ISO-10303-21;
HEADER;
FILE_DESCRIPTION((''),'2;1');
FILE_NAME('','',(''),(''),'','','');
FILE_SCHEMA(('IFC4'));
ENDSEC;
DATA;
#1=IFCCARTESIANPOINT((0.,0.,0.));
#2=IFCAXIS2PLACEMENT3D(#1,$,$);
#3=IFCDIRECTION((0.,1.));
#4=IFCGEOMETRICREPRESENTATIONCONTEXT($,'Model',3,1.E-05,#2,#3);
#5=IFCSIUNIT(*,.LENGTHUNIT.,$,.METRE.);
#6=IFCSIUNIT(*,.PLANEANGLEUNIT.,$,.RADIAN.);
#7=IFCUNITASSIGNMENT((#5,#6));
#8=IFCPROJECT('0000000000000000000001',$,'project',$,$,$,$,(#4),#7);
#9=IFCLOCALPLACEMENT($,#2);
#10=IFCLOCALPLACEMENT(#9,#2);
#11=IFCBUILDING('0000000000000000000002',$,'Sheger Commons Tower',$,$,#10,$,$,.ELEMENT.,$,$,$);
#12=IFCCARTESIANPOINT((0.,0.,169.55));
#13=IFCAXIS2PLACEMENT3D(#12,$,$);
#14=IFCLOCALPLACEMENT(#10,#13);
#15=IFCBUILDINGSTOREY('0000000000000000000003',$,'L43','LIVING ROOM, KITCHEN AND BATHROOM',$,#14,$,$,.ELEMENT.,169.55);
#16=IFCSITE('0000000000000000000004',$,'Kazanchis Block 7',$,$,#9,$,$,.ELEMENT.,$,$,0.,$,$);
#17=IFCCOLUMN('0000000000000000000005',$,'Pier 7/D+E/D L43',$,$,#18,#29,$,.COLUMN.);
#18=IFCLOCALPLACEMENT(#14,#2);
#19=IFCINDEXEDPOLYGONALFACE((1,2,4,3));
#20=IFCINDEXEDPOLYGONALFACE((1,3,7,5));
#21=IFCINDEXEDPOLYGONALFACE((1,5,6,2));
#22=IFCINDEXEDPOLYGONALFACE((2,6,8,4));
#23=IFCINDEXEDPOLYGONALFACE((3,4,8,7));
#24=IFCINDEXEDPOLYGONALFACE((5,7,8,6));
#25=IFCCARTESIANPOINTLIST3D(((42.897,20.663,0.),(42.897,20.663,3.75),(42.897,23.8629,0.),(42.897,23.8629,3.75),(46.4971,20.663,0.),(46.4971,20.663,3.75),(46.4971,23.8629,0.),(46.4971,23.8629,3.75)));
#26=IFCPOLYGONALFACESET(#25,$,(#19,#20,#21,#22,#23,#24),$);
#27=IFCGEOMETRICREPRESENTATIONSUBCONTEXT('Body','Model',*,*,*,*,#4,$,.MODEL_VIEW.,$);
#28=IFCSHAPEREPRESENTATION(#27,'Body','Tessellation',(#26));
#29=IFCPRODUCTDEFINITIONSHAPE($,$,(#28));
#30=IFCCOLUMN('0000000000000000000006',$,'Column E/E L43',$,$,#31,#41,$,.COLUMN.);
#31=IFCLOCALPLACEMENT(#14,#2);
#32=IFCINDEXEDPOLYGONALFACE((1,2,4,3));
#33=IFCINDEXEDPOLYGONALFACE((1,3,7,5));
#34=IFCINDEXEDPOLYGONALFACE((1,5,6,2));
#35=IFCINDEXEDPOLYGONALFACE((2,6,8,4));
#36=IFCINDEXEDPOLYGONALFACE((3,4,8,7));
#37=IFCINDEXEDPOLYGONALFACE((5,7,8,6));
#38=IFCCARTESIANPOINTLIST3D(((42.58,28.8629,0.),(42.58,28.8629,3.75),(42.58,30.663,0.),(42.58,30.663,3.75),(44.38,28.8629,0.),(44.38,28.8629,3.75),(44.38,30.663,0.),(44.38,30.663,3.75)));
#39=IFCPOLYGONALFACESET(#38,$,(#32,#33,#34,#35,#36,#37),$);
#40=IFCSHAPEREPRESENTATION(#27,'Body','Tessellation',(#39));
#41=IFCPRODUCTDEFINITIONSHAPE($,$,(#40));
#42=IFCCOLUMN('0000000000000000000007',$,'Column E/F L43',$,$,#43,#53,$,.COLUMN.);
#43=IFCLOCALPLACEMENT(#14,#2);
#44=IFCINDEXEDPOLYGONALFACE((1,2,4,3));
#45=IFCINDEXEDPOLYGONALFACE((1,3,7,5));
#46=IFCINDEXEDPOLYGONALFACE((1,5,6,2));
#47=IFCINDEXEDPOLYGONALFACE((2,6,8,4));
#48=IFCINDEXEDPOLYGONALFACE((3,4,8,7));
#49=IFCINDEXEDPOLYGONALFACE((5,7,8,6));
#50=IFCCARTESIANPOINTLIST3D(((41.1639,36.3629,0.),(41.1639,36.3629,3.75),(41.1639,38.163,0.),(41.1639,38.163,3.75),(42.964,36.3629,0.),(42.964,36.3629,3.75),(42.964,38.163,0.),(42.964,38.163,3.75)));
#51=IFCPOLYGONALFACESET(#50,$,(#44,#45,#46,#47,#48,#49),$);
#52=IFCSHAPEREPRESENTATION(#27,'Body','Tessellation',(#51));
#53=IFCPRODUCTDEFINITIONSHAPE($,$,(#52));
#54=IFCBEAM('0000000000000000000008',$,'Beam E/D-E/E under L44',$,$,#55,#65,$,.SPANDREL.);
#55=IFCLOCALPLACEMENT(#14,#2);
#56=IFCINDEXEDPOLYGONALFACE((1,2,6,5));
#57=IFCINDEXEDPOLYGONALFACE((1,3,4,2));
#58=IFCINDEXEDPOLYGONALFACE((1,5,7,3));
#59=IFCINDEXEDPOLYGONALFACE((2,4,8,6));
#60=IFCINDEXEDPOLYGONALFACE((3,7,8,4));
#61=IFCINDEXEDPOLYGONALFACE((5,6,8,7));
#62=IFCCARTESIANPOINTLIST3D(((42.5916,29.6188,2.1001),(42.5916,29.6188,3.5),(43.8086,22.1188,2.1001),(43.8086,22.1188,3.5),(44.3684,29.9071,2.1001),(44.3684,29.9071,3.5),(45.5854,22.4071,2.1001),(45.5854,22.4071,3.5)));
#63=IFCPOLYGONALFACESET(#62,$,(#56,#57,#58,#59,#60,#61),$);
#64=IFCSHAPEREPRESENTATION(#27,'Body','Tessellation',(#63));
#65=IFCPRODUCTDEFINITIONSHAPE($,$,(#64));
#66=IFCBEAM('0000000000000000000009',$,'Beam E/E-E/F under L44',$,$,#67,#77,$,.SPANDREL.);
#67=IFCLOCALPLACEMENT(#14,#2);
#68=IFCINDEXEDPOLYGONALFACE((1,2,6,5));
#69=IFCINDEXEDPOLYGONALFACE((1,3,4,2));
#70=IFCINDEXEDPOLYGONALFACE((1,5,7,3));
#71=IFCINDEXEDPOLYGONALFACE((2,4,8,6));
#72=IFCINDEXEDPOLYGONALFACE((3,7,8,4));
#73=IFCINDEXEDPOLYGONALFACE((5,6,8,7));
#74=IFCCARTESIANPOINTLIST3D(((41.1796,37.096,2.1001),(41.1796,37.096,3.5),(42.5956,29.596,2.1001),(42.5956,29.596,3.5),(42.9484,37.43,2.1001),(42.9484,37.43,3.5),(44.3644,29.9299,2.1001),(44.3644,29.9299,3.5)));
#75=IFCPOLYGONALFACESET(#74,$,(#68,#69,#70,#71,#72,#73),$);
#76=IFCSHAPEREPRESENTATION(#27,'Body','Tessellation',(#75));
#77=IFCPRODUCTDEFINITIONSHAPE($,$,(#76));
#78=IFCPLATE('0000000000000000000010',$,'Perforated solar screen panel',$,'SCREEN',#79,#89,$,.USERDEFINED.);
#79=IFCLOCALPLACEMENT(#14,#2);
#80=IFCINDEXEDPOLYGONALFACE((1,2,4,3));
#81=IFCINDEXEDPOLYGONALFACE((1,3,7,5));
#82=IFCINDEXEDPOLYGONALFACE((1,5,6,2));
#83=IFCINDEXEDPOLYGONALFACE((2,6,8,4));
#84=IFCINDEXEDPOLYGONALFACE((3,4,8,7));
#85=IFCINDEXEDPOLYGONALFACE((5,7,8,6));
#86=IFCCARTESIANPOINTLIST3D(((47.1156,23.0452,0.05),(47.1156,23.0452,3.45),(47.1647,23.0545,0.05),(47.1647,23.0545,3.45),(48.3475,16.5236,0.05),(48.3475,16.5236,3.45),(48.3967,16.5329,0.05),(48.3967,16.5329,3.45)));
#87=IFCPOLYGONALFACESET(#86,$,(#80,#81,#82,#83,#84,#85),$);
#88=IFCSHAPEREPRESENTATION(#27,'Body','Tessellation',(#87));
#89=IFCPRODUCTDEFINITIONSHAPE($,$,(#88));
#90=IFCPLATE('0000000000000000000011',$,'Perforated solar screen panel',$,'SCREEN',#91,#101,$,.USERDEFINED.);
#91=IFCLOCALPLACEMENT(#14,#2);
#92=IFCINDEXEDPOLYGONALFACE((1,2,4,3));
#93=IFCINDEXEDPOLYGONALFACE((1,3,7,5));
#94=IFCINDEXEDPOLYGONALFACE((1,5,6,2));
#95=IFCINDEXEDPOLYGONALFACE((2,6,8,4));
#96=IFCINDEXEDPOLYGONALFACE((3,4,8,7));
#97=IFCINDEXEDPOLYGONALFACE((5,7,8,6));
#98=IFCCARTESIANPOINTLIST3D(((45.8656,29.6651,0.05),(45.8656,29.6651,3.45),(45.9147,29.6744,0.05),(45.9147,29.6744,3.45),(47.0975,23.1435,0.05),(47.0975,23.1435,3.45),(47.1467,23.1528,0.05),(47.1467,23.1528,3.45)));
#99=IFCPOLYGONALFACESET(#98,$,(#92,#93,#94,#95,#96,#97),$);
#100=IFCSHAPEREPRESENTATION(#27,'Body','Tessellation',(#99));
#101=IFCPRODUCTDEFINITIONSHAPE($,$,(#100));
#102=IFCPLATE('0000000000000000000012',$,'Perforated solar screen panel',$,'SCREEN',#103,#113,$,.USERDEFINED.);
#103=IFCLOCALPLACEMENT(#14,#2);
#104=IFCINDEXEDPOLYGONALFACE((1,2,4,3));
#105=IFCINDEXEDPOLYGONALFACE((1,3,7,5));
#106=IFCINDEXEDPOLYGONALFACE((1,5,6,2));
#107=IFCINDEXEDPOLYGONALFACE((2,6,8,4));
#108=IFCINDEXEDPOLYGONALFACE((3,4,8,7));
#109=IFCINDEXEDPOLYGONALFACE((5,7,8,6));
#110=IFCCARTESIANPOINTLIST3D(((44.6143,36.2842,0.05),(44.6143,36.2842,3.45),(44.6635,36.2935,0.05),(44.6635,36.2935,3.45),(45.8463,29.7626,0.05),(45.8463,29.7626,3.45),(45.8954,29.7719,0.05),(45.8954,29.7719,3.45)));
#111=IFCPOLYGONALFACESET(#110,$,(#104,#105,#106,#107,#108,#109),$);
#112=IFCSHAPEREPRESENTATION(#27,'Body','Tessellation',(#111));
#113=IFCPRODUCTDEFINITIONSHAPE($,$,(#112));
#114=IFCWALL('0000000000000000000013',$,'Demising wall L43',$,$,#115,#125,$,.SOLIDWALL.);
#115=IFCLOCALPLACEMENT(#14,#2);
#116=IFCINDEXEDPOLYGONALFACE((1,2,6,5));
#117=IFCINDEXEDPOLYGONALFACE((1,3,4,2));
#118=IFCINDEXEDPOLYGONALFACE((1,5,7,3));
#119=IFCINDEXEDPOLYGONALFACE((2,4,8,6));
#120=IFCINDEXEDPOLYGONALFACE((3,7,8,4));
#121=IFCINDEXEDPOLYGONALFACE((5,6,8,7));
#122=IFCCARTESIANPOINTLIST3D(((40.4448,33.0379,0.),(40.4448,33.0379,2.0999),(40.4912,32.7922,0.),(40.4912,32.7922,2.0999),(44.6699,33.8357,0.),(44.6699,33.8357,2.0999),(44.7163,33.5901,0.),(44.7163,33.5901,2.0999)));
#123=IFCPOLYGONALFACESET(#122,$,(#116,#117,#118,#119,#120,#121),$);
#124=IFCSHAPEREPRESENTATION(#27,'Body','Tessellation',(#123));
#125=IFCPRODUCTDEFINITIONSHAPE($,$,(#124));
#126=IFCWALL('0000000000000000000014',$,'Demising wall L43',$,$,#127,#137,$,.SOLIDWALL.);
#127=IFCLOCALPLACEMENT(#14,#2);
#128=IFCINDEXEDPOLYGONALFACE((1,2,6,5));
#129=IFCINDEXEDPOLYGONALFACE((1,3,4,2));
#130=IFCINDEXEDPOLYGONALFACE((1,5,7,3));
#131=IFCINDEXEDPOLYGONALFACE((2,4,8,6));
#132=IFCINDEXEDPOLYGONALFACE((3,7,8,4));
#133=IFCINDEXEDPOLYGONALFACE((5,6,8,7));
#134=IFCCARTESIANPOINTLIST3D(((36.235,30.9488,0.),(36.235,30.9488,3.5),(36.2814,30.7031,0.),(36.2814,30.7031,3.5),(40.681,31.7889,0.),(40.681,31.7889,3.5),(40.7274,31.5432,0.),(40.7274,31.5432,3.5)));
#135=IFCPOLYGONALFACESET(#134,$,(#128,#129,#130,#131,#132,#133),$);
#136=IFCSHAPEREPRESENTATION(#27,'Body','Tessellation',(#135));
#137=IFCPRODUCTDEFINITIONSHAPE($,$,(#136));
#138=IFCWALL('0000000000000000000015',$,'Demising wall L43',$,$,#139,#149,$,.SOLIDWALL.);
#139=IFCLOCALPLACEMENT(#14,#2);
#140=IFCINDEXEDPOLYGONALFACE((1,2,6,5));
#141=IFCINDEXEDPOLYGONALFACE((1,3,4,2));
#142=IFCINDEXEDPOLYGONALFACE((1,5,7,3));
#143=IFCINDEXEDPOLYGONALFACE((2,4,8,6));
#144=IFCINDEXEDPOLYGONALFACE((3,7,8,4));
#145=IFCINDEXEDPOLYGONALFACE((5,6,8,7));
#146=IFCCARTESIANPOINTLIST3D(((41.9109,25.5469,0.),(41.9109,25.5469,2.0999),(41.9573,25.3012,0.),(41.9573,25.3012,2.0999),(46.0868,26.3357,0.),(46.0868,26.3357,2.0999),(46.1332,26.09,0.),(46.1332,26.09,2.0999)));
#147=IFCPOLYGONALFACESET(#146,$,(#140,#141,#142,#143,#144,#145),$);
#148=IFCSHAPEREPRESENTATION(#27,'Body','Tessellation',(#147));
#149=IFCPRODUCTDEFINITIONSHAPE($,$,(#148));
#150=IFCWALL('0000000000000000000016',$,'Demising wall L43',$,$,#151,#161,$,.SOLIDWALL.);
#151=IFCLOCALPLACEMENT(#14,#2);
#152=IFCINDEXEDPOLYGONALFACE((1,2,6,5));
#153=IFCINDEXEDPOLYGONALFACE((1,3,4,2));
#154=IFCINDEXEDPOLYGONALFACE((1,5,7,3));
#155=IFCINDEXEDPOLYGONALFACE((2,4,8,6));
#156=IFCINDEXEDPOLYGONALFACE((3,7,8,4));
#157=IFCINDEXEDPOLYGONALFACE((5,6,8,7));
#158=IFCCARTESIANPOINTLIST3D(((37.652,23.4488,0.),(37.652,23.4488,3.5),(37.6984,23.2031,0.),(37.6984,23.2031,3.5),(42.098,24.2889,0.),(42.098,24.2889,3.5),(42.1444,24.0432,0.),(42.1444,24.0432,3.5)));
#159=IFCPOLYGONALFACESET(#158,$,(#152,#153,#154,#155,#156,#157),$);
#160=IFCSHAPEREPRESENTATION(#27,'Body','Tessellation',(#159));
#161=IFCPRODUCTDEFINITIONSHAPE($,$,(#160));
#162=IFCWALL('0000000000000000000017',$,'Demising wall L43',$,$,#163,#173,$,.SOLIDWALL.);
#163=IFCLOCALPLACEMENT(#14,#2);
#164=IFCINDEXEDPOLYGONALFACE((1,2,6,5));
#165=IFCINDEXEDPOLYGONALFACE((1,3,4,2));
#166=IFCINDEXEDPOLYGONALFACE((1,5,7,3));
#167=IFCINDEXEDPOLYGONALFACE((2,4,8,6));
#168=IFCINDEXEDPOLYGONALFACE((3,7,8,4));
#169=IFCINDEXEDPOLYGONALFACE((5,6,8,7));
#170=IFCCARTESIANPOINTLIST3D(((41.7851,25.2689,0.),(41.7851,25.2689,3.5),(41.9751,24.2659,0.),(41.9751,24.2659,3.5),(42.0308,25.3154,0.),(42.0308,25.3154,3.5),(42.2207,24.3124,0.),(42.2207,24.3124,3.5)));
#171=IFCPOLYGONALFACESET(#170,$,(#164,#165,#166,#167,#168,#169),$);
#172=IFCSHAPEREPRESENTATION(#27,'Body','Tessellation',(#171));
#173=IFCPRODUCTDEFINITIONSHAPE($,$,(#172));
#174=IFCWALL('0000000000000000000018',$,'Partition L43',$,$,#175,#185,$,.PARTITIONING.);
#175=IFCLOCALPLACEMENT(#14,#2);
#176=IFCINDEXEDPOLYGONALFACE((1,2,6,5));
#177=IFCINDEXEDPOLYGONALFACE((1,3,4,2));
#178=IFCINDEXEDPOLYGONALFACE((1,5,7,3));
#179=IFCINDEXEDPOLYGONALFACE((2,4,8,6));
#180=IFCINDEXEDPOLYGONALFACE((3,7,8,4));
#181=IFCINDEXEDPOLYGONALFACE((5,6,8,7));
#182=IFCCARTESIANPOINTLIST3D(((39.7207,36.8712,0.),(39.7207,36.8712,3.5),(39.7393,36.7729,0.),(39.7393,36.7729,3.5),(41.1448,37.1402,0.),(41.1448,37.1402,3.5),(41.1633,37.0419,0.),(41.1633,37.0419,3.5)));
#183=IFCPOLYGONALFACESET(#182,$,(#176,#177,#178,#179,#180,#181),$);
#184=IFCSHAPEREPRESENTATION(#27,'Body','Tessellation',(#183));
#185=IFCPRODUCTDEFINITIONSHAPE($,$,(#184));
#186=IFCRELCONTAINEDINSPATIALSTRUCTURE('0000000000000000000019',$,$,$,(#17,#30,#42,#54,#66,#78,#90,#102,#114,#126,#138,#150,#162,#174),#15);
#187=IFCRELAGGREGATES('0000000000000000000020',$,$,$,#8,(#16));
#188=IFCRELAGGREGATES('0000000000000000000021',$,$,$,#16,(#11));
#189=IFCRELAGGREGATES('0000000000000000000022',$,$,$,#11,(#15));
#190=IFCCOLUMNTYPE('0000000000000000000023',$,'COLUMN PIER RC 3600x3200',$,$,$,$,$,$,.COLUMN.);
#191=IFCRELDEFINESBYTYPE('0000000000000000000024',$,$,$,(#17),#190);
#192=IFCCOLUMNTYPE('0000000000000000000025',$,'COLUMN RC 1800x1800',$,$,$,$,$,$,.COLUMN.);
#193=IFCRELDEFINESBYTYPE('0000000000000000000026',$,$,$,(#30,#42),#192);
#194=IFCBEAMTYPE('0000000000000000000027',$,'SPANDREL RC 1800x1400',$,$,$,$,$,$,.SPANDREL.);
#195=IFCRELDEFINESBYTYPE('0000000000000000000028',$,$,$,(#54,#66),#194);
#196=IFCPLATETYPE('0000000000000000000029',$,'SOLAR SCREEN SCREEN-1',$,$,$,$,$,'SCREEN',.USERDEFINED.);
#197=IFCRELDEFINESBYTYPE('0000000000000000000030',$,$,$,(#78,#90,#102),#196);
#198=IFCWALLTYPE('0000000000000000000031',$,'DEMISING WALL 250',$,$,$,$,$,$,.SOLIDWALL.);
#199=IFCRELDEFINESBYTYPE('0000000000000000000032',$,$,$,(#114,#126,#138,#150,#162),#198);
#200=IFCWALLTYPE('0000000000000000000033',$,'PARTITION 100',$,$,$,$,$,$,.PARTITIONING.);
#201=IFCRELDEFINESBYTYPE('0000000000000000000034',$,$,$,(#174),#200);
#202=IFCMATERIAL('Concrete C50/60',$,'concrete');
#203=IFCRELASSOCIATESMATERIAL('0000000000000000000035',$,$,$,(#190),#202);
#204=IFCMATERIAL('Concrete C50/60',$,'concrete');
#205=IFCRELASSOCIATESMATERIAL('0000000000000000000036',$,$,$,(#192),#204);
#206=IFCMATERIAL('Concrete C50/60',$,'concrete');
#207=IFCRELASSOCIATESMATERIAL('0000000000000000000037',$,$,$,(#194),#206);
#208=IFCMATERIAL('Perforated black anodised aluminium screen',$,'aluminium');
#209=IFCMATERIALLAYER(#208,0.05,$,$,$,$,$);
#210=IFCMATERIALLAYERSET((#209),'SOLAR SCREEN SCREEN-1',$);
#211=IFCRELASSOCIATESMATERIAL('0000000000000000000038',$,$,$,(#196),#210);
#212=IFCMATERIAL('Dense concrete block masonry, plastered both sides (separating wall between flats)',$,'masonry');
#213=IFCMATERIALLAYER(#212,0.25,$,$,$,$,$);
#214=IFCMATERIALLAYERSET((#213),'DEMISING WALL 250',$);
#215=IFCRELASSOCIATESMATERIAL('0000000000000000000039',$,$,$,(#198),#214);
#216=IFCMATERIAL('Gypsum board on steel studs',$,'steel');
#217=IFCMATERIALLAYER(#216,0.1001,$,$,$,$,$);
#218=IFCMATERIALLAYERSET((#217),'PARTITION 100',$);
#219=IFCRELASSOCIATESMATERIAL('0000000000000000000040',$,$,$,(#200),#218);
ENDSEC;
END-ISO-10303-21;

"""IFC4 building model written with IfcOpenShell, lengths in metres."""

from ifc_helpers import new_model, si_unit, direction, frame, frame_2d, origin, origin_2d, place, context, subcontext, project, spatial, rectangle, extrude, material, layer, layer_set, material_profile, profile_set, type_object, element, save


model = new_model("IFC4")

# Units and contexts
model_context = context("Model", 3, precision=1e-05, world=origin(), true_north=direction((0.0, 1.0)))
body_context = subcontext(model_context, "Body", "Model", "MODEL_VIEW")
ifc_project = project(units=[si_unit("LENGTHUNIT", "METRE"), si_unit("PLANEANGLEUNIT", "RADIAN")], contexts=[model_context])

# Site, building, storey
site_placement = place(None, origin())
site = spatial("IfcSite", under=ifc_project, at=site_placement, Name="Kazanchis Block 7", CompositionType="ELEMENT", RefElevation=0.0)
building_placement = place(site_placement, origin())
building = spatial("IfcBuilding", under=site, at=building_placement, Name="Sheger Commons Tower", CompositionType="ELEMENT")
storey_placement = place(building_placement, frame((0.0, 0.0, 169.55)))
storey = spatial("IfcBuildingStorey", under=building, at=storey_placement, Name="L43", Description="LIVING ROOM, KITCHEN AND BATHROOM", CompositionType="ELEMENT", Elevation=169.55)

# Columns
ifc_material_1 = material(Name="Concrete C50/60", Category="concrete")
ifc_material_profile_1 = material_profile(ifc_material_1, rectangle(XDim=3.6001, YDim=3.2, at=origin_2d()), Name="RC 3600x3200")
ifc_profile_set_1 = profile_set([ifc_material_profile_1], Name="Concrete C50/60")
column_type_1 = type_object("IfcColumnType", Name="COLUMN PIER RC 3600x3200", PredefinedType="COLUMN", material=ifc_profile_set_1)
column_placement = place(storey_placement, frame((44.697, 22.2629, 0.0), z_axis=(0.0, 0.0, 1.0), x_axis=(1.0, 0.0, 0.0)))
element("IfcColumn", 1, at=column_placement, inside=storey, type_object=column_type_1, Name="Pier 7/D+E/D L43", PredefinedType="COLUMN", context=body_context, shape_type="SweptSolid", body=[
    extrude(rectangle(XDim=3.6001, YDim=3.2, at=origin_2d()), origin(), (0.0, 0.0, 1.0), 3.75),
])
ifc_material_2 = material(Name="Concrete C50/60", Category="concrete")
ifc_material_profile_2 = material_profile(ifc_material_2, rectangle(XDim=1.8, YDim=1.8, at=origin_2d()), Name="RC 1800x1800")
ifc_profile_set_2 = profile_set([ifc_material_profile_2], Name="Concrete C50/60")
column_type_2 = type_object("IfcColumnType", Name="COLUMN RC 1800x1800", PredefinedType="COLUMN", material=ifc_profile_set_2)
for number, where, z_axis, x_axis, name in (
    (2, (43.48, 29.7629, 0.0), (0.0, 0.0, 1.0), (1.0, 0.0, 0.0), "Column E/E L43"),
    (3, (42.064, 37.2629, 0.0), (0.0, 0.0, 1.0), (1.0, 0.0, 0.0), "Column E/F L43"),
):
    element("IfcColumn", number, at=place(storey_placement, frame(where, z_axis=z_axis, x_axis=x_axis)), inside=storey, type_object=column_type_2, Name=name, PredefinedType="COLUMN", context=body_context, shape_type="SweptSolid", body=[
        extrude(rectangle(XDim=1.8, YDim=1.8, at=origin_2d()), origin(), (0.0, 0.0, 1.0), 3.75),
    ])

# Beams
ifc_material_3 = material(Name="Concrete C50/60", Category="concrete")
ifc_material_profile_3 = material_profile(ifc_material_3, rectangle(XDim=1.8, YDim=1.3999, at=origin_2d()), Name="RC 1800x1400")
ifc_profile_set_3 = profile_set([ifc_material_profile_3], Name="Concrete C50/60")
beam_type = type_object("IfcBeamType", Name="SPANDREL RC 1800x1400", PredefinedType="SPANDREL", material=ifc_profile_set_3)
beam_1_placement = place(storey_placement, frame((44.697, 22.2629, 2.8), z_axis=(-0.160177, 0.987088, 0.0), x_axis=(-0.987088, -0.160177, 0.0)))
element("IfcBeam", 4, at=beam_1_placement, inside=storey, type_object=beam_type, Name="Beam E/D-E/E under L44", PredefinedType="SPANDREL", context=body_context, shape_type="SweptSolid", body=[
    extrude(rectangle(XDim=1.8, YDim=1.3999, at=origin_2d()), origin(), (0.0, 0.0, 1.0), 7.5981),
])
beam_2_placement = place(storey_placement, frame((43.48, 29.7629, 2.8), z_axis=(-0.185524, 0.98264, 0.0), x_axis=(-0.98264, -0.185524, 0.0)))
element("IfcBeam", 5, at=beam_2_placement, inside=storey, type_object=beam_type, Name="Beam E/E-E/F under L44", PredefinedType="SPANDREL", context=body_context, shape_type="SweptSolid", body=[
    extrude(rectangle(XDim=1.8, YDim=1.3999, at=origin_2d()), origin(), (0.0, 0.0, 1.0), 7.6326),
])

# Plates
ifc_material_4 = material(Name="Perforated black anodised aluminium screen", Category="aluminium")
ifc_layer_1 = layer(ifc_material_4, 0.05)
ifc_layer_set_1 = layer_set([ifc_layer_1], Name="SOLAR SCREEN SCREEN-1")
plate_type = type_object("IfcPlateType", Name="SOLAR SCREEN SCREEN-1", ElementType="SCREEN", PredefinedType="USERDEFINED", material=ifc_layer_set_1)
for number, where, z_axis, x_axis, name in (
    (6, (47.7561, 19.7891, 0.05), (0.0, 0.0, 1.0), (-0.185615, 0.982623, 0.0), "Perforated solar screen panel"),
    (7, (46.5061, 26.4089, 0.05), (0.0, 0.0, 1.0), (-0.185615, 0.982623, 0.0), "Perforated solar screen panel"),
    (8, (45.2549, 33.0281, 0.05), (0.0, 0.0, 1.0), (-0.185615, 0.982623, 0.0), "Perforated solar screen panel"),
):
    element("IfcPlate", number, at=place(storey_placement, frame(where, z_axis=z_axis, x_axis=x_axis)), inside=storey, type_object=plate_type, Name=name, ObjectType="SCREEN", PredefinedType="USERDEFINED", context=body_context, shape_type="SweptSolid", body=[
        extrude(rectangle(XDim=6.637, YDim=0.05, at=origin_2d()), origin(), (0.0, 0.0, 1.0), 3.3999),
    ])

# Walls
ifc_material_5 = material(Name="Dense concrete block masonry, plastered both sides (separating wall between flats)", Category="masonry")
ifc_layer_2 = layer(ifc_material_5, 0.25)
ifc_layer_set_2 = layer_set([ifc_layer_2], Name="DEMISING WALL 250")
wall_type_1 = type_object("IfcWallType", Name="DEMISING WALL 250", PredefinedType="SOLIDWALL", material=ifc_layer_set_2)
wall_1_placement = place(storey_placement, frame((44.6931, 33.7129, 0.0), z_axis=(0.0, 0.0, 1.0), x_axis=(-0.982634, -0.185557, 0.0)))
element("IfcWall", 9, at=wall_1_placement, inside=storey, type_object=wall_type_1, Name="Demising wall L43", PredefinedType="SOLIDWALL", context=body_context, shape_type="SweptSolid", body=[
    extrude(rectangle(XDim=4.2998, YDim=0.25, at=frame_2d((2.1499, 0.0))), origin(), (0.0, 0.0, 1.0), 2.0999),
])
wall_2_placement = place(storey_placement, frame((40.7041, 31.666, 0.0), z_axis=(0.0, 0.0, 1.0), x_axis=(-0.982613, -0.185666, 0.0)))
element("IfcWall", 10, at=wall_2_placement, inside=storey, type_object=wall_type_1, Name="Demising wall L43", PredefinedType="SOLIDWALL", context=body_context, shape_type="SweptSolid", body=[
    extrude(rectangle(XDim=4.5247, YDim=0.25, at=frame_2d((2.2622, 0.0))), origin(), (0.0, 0.0, 1.0), 3.5),
])
wall_3_placement = place(storey_placement, frame((46.1101, 26.2129, 0.0), z_axis=(0.0, 0.0, 1.0), x_axis=(-0.982624, -0.18561, 0.0)))
element("IfcWall", 11, at=wall_3_placement, inside=storey, type_object=wall_type_1, Name="Demising wall L43", PredefinedType="SOLIDWALL", context=body_context, shape_type="SweptSolid", body=[
    extrude(rectangle(XDim=4.2498, YDim=0.25, at=frame_2d((2.125, 0.0))), origin(), (0.0, 0.0, 1.0), 2.0999),
])
wall_4_placement = place(storey_placement, frame((42.1211, 24.166, 0.0), z_axis=(0.0, 0.0, 1.0), x_axis=(-0.982613, -0.185666, 0.0)))
element("IfcWall", 12, at=wall_4_placement, inside=storey, type_object=wall_type_1, Name="Demising wall L43", PredefinedType="SOLIDWALL", context=body_context, shape_type="SweptSolid", body=[
    extrude(rectangle(XDim=4.5247, YDim=0.25, at=frame_2d((2.2622, 0.0))), origin(), (0.0, 0.0, 1.0), 3.5),
])
wall_5_placement = place(storey_placement, frame((41.908, 25.292, 0.0), z_axis=(0.0, 0.0, 1.0), x_axis=(0.186079, -0.982535, 0.0)))
element("IfcWall", 13, at=wall_5_placement, inside=storey, type_object=wall_type_1, Name="Demising wall L43", PredefinedType="SOLIDWALL", context=body_context, shape_type="SweptSolid", body=[
    extrude(rectangle(XDim=1.0208, YDim=0.25, at=frame_2d((0.5103, 0.0))), origin(), (0.0, 0.0, 1.0), 3.5),
])
ifc_material_6 = material(Name="Gypsum board on steel studs", Category="steel")
ifc_layer_3 = layer(ifc_material_6, 0.1001)
ifc_layer_set_3 = layer_set([ifc_layer_3], Name="PARTITION 100")
wall_type_2 = type_object("IfcWallType", Name="PARTITION 100", PredefinedType="PARTITIONING", material=ifc_layer_set_3)
wall_6_placement = place(storey_placement, frame((41.1541, 37.0911, 0.0), z_axis=(0.0, 0.0, 1.0), x_axis=(-0.982618, -0.185641, 0.0)))
element("IfcWall", 14, at=wall_6_placement, inside=storey, type_object=wall_type_2, Name="Partition L43", PredefinedType="PARTITIONING", context=body_context, shape_type="SweptSolid", body=[
    extrude(rectangle(XDim=1.4492, YDim=0.1001, at=frame_2d((0.7246, 0.0))), origin(), (0.0, 0.0, 1.0), 3.5),
])

save(model, "model.ifc")
